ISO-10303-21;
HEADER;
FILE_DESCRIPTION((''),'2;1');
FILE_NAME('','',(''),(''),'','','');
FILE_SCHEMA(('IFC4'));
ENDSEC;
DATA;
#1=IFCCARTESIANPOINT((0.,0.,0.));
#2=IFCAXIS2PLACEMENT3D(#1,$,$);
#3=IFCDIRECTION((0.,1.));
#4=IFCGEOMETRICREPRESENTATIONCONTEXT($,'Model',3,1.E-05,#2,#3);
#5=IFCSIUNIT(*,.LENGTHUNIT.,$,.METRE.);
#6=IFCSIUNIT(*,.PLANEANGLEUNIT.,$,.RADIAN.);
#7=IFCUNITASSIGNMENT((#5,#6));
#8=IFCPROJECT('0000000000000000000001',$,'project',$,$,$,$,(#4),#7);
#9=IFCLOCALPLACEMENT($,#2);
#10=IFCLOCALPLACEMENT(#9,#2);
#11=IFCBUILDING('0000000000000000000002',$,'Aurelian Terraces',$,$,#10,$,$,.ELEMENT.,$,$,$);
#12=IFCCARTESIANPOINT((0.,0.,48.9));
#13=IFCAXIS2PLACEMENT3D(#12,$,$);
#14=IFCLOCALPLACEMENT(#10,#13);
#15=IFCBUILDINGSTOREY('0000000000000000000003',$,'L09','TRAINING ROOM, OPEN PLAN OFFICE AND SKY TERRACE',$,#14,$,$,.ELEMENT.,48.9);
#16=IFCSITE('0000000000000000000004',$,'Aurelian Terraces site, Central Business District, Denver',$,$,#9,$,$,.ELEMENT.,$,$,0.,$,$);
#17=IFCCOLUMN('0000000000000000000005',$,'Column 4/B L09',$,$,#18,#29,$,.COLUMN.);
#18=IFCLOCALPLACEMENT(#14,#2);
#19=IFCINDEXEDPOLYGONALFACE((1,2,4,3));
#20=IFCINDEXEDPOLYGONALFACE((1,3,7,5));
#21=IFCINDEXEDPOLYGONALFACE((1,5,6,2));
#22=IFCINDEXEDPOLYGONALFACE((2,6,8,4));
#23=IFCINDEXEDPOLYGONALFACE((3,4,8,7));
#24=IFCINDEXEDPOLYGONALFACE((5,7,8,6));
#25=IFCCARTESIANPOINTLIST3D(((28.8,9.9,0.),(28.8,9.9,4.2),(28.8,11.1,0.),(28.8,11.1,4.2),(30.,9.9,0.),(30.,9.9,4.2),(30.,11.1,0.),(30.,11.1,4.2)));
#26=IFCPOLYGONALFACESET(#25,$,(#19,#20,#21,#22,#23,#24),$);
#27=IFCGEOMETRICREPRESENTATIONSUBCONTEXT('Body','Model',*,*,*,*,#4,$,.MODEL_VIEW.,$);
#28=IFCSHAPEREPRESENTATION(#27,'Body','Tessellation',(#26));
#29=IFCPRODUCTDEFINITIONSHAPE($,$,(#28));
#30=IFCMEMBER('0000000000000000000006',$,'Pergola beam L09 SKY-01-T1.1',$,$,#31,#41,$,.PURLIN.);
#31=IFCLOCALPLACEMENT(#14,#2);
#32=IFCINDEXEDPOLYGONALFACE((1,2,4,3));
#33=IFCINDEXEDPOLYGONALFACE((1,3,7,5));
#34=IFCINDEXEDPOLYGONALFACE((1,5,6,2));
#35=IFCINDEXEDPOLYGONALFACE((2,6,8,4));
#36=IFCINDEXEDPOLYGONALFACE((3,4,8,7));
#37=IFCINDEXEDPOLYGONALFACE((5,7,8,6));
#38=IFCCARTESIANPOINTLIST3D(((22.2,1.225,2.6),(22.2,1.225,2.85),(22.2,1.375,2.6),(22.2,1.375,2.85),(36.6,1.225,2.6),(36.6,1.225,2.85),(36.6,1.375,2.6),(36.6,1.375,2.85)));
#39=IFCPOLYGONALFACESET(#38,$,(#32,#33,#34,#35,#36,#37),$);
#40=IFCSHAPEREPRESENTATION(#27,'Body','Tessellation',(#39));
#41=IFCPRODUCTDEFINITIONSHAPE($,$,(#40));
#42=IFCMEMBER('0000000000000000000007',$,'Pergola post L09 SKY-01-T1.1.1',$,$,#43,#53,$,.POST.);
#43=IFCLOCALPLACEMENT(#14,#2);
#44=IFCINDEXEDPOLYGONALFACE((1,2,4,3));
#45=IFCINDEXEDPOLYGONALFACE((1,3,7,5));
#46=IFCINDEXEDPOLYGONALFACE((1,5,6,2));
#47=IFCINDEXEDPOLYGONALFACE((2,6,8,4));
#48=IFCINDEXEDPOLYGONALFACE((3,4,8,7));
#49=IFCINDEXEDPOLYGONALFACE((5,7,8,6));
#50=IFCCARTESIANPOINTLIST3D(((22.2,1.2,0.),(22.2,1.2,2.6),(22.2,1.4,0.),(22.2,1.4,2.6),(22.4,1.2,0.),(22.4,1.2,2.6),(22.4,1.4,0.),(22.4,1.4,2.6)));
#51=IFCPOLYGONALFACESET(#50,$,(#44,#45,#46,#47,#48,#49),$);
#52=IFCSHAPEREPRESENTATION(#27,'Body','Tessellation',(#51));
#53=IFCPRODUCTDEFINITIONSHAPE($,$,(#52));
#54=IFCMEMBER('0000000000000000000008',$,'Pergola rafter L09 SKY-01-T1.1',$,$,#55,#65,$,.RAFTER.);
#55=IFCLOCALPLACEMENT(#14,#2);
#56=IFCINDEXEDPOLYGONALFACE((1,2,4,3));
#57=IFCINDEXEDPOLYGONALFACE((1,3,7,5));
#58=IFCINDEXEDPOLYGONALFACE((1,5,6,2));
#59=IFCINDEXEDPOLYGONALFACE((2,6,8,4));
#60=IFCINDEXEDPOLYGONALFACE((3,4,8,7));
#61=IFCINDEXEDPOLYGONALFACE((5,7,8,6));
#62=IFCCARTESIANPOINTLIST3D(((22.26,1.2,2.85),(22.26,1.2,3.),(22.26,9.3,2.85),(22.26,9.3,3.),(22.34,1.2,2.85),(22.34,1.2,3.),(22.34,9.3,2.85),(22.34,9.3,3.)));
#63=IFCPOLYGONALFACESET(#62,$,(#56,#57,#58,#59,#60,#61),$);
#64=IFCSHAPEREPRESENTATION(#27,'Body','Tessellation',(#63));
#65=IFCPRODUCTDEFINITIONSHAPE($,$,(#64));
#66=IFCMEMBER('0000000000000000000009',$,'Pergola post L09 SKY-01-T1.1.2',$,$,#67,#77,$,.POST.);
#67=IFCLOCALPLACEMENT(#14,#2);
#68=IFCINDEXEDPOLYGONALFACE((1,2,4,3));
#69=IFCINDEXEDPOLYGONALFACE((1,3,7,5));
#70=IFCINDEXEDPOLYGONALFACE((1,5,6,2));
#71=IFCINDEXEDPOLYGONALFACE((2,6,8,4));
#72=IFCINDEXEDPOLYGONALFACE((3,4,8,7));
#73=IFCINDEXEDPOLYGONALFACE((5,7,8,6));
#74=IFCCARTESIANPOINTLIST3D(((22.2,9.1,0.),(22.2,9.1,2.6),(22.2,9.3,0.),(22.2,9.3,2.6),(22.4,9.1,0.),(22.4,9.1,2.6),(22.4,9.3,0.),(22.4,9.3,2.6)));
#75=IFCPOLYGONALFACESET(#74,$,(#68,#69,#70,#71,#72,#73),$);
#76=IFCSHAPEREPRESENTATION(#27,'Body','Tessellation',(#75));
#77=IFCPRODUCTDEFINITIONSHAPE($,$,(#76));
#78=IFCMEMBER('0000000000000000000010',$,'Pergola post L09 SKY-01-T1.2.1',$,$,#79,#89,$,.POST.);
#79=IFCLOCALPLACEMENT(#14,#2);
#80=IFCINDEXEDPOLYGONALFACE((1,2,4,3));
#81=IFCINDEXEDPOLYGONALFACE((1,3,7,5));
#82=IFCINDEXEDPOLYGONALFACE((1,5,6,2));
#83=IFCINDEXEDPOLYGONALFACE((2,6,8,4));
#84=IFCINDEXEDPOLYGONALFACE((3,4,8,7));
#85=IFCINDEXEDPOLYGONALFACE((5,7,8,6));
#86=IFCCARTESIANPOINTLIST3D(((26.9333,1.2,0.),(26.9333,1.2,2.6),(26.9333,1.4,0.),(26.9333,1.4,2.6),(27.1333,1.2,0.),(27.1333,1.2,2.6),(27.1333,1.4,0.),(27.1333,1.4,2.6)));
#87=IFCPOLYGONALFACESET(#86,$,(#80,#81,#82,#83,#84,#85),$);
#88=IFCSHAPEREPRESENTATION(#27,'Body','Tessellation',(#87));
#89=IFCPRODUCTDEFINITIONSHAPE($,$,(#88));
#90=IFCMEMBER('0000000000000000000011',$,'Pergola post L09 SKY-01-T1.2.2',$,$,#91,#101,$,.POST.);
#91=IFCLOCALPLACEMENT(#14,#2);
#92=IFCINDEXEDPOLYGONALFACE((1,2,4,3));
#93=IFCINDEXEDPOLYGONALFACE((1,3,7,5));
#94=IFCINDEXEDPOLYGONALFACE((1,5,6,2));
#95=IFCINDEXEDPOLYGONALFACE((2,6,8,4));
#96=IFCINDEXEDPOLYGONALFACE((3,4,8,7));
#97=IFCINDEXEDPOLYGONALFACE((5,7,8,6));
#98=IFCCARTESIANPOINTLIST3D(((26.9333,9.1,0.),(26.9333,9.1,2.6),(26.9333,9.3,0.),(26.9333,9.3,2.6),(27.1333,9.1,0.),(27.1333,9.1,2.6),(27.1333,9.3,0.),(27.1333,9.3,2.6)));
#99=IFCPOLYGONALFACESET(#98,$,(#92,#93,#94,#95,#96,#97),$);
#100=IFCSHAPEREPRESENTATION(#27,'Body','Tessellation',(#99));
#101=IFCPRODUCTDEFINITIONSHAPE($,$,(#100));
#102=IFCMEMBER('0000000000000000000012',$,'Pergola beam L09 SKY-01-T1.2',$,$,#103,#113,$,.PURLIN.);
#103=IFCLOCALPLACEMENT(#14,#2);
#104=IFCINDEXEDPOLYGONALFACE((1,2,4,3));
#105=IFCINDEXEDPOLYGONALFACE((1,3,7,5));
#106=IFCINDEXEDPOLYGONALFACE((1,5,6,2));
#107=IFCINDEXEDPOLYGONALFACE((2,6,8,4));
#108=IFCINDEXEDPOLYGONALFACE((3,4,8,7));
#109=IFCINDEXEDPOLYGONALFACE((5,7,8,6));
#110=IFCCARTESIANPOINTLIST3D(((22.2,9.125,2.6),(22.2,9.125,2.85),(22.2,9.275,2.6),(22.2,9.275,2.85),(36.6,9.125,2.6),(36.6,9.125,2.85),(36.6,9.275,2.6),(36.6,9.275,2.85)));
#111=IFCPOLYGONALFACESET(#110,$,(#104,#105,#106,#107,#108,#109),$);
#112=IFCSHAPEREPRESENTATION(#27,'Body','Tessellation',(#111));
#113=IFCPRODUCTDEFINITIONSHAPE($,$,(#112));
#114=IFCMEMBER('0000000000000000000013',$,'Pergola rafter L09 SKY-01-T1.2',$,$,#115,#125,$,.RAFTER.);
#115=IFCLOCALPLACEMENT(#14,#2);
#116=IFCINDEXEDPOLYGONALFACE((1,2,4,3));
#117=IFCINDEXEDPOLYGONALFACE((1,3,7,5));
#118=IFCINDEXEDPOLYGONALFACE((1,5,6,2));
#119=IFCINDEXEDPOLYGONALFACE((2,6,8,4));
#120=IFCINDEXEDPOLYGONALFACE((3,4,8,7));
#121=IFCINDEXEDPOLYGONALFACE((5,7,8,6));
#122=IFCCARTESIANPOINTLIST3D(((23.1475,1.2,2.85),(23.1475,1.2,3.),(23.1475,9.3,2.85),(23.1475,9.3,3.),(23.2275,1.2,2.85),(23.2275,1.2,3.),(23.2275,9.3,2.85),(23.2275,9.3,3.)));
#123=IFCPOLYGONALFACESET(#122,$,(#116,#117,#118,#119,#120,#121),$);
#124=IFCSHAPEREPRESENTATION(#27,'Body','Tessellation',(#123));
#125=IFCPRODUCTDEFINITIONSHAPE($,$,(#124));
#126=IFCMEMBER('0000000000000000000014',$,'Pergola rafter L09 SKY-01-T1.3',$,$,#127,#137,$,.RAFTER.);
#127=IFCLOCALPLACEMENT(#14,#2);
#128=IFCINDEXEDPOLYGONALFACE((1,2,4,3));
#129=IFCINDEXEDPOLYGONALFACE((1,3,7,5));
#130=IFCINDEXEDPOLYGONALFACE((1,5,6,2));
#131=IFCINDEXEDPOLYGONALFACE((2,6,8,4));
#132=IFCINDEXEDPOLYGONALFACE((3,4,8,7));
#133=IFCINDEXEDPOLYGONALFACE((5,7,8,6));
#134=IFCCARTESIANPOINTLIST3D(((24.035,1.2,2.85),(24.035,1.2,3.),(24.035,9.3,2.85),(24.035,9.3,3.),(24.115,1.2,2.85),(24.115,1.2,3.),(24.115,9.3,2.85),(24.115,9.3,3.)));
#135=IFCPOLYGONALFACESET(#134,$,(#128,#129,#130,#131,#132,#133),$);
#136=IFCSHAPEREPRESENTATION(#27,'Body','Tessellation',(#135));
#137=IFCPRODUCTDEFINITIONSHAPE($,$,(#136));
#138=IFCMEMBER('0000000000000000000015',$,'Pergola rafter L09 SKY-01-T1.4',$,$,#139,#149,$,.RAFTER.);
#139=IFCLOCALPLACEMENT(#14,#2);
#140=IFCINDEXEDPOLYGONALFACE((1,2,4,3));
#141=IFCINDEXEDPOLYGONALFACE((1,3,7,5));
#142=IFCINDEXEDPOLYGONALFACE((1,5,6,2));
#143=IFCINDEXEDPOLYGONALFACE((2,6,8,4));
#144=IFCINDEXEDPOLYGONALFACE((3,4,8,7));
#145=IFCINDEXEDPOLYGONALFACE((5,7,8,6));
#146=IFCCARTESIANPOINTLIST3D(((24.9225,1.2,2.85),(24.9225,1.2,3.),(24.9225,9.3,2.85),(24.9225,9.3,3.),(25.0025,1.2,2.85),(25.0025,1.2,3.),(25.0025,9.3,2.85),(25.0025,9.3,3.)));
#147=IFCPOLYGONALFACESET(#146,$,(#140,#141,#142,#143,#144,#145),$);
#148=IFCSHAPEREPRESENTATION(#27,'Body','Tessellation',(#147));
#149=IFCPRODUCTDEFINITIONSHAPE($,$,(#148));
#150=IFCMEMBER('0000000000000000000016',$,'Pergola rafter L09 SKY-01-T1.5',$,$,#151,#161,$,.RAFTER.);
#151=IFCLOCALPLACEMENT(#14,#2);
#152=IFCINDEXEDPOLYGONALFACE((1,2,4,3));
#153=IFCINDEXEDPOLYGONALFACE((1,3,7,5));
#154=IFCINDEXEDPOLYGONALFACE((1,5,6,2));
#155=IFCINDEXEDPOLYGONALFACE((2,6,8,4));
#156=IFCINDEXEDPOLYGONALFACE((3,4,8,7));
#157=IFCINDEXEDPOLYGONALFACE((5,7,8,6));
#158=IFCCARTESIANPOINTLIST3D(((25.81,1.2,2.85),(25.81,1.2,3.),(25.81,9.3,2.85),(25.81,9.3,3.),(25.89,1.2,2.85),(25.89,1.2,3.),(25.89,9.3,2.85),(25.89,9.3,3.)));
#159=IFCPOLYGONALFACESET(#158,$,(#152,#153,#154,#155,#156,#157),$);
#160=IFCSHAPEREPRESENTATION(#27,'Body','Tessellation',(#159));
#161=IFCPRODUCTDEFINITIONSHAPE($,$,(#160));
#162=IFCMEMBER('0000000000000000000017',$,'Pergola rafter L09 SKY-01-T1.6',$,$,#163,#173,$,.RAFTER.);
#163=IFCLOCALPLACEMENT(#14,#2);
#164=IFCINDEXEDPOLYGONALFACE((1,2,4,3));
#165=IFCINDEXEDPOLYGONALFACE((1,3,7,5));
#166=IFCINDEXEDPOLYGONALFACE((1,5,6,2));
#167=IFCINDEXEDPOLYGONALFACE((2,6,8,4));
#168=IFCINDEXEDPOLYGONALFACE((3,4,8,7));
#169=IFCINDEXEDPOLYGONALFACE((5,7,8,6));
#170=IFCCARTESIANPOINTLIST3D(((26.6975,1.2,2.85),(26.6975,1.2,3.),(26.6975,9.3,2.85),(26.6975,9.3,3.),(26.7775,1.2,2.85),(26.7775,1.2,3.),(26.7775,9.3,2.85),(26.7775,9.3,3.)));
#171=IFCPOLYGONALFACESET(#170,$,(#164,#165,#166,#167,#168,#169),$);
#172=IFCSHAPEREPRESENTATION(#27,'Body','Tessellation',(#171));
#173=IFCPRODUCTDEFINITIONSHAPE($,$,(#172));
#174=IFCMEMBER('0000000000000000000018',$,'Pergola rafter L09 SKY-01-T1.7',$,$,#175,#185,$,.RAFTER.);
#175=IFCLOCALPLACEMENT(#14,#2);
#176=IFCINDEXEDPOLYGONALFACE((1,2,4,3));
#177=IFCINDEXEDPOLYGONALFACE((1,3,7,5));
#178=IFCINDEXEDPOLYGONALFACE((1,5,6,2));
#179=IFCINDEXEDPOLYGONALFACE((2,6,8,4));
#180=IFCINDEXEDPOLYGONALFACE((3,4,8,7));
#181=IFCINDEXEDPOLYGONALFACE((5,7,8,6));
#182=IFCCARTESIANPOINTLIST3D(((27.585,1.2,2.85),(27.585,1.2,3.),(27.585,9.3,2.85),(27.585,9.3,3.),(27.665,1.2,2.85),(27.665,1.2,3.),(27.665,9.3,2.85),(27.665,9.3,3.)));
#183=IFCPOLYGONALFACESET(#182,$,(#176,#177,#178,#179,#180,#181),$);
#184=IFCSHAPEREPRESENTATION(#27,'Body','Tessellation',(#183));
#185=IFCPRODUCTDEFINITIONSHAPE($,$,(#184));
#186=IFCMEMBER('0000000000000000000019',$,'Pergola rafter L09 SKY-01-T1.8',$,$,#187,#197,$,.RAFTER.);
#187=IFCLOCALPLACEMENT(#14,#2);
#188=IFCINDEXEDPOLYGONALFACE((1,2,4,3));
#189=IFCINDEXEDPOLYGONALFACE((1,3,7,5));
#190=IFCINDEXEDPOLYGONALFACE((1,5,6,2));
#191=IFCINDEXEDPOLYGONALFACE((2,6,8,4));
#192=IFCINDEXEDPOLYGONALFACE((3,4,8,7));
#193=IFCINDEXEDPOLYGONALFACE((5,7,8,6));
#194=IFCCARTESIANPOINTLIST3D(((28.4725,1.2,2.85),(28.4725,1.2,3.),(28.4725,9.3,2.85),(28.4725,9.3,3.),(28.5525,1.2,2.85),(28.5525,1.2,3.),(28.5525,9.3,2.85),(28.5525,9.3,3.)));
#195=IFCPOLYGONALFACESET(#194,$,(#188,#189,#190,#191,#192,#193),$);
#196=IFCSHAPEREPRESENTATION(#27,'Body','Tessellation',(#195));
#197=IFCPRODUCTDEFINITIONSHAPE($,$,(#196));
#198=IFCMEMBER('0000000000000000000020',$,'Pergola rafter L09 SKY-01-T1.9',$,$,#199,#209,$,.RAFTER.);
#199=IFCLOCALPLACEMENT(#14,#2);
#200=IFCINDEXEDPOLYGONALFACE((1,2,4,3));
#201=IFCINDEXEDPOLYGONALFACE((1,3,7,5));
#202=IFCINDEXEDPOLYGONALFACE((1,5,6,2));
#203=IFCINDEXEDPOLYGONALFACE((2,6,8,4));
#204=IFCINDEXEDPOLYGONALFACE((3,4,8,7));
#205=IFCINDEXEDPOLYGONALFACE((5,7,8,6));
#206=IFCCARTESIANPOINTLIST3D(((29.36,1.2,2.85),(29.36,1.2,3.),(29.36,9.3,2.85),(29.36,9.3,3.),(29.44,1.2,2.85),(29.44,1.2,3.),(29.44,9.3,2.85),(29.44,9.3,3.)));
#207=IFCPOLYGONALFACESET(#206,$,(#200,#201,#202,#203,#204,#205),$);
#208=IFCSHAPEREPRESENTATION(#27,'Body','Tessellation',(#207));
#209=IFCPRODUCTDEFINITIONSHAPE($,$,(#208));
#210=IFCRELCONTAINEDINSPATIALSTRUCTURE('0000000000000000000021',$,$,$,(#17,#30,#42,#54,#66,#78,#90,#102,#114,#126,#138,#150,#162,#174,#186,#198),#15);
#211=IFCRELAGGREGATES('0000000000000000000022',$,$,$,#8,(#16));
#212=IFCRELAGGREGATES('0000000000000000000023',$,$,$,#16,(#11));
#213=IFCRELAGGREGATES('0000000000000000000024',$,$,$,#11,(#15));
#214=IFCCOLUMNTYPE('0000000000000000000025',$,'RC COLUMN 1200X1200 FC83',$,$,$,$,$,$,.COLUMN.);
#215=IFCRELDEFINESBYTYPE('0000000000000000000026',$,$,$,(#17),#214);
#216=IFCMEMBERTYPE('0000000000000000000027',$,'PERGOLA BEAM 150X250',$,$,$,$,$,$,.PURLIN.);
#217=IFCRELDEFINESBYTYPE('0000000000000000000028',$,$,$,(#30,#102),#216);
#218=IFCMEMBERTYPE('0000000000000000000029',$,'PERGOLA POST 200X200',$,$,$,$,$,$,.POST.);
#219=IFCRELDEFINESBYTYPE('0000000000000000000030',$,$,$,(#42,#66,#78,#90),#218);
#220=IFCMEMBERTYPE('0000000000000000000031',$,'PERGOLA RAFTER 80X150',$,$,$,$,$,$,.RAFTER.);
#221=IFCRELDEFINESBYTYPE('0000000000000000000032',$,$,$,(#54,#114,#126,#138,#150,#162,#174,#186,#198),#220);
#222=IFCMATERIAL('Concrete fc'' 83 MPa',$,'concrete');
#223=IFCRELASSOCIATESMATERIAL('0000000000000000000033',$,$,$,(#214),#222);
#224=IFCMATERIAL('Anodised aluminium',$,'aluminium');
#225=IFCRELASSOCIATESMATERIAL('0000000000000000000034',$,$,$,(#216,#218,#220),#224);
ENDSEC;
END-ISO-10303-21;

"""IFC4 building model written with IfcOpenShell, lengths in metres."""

from ifc_helpers import new_model, si_unit, direction, frame, origin, origin_2d, place, context, subcontext, project, spatial, rectangle, extrude, source, transform, mapped, material, material_profile, profile_set, type_object, element, save


model = new_model("IFC4")

# Units and contexts
model_context = context("Model", 3, precision=1e-05, world=origin(), true_north=direction((0.0, 1.0)))
body_context = subcontext(model_context, "Body", "Model", "MODEL_VIEW")
ifc_project = project(units=[si_unit("LENGTHUNIT", "METRE"), si_unit("PLANEANGLEUNIT", "RADIAN")], contexts=[model_context])

# Site, building, storey
site_placement = place(None, origin())
site = spatial("IfcSite", under=ifc_project, at=site_placement, Name="Aurelian Terraces site, Central Business District, Denver", CompositionType="ELEMENT", RefElevation=0.0)
building_placement = place(site_placement, origin())
building = spatial("IfcBuilding", under=site, at=building_placement, Name="Aurelian Terraces", CompositionType="ELEMENT")
storey_placement = place(building_placement, frame((0.0, 0.0, 48.9)))
storey = spatial("IfcBuildingStorey", under=building, at=storey_placement, Name="L09", Description="TRAINING ROOM, OPEN PLAN OFFICE AND SKY TERRACE", CompositionType="ELEMENT", Elevation=48.9)

# Column
ifc_material_1 = material(Name="Concrete fc' 83 MPa", Category="concrete")
ifc_material_profile_1 = material_profile(ifc_material_1, rectangle(XDim=1.2, YDim=1.2, at=origin_2d()))
ifc_profile_set_1 = profile_set([ifc_material_profile_1], Name="Concrete fc' 83 MPa")
column_type = type_object("IfcColumnType", Name="RC COLUMN 1200X1200 FC83", PredefinedType="COLUMN", material=ifc_profile_set_1)
shared_shape_1 = source(origin(), body_context, "Body", "SweptSolid", [
    extrude(rectangle(XDim=1.2, YDim=1.2, at=origin_2d()), origin(), (0.0, 0.0, 1.0), 4.2),
])
column_placement = place(storey_placement, frame((29.4, 10.5, 0.0), z_axis=(0.0, 0.0, 1.0), x_axis=(1.0, 0.0, 0.0)))
element("IfcColumn", 1, at=column_placement, inside=storey, type_object=column_type, Name="Column 4/B L09", PredefinedType="COLUMN", context=body_context, shape_type="MappedRepresentation", body=[
    mapped(shared_shape_1, transform((0.0, 0.0, 0.0), scale=1.0)),
])

# Members
ifc_material_2 = material(Name="Anodised aluminium", Category="aluminium")
ifc_material_profile_2 = material_profile(ifc_material_2, rectangle(XDim=0.15, YDim=0.25, at=origin_2d()))
ifc_profile_set_2 = profile_set([ifc_material_profile_2], Name="Anodised aluminium")
member_type_1 = type_object("IfcMemberType", Name="PERGOLA BEAM 150X250", PredefinedType="PURLIN", material=ifc_profile_set_2)
member_1_placement = place(storey_placement, frame((22.2, 1.3, 2.725), z_axis=(1.0, 0.0, 0.0), x_axis=(0.0, 1.0, 0.0)))
element("IfcMember", 2, at=member_1_placement, inside=storey, type_object=member_type_1, Name="Pergola beam L09 SKY-01-T1.1", PredefinedType="PURLIN", context=body_context, shape_type="SweptSolid", body=[
    extrude(rectangle(XDim=0.15, YDim=0.25, at=origin_2d()), origin(), (0.0, 0.0, 1.0), 14.4),
])
ifc_material_profile_3 = material_profile(ifc_material_2, rectangle(XDim=0.2, YDim=0.2, at=origin_2d()))
ifc_profile_set_3 = profile_set([ifc_material_profile_3], Name="Anodised aluminium")
member_type_2 = type_object("IfcMemberType", Name="PERGOLA POST 200X200", PredefinedType="POST", material=ifc_profile_set_3)
member_2_placement = place(storey_placement, frame((22.3, 1.3, 0.0), z_axis=(0.0, 0.0, 1.0), x_axis=(1.0, 0.0, 0.0)))
element("IfcMember", 3, at=member_2_placement, inside=storey, type_object=member_type_2, Name="Pergola post L09 SKY-01-T1.1.1", PredefinedType="POST", context=body_context, shape_type="SweptSolid", body=[
    extrude(rectangle(XDim=0.2, YDim=0.2, at=origin_2d()), origin(), (0.0, 0.0, 1.0), 2.6),
])
ifc_material_profile_4 = material_profile(ifc_material_2, rectangle(XDim=0.08, YDim=0.15, at=origin_2d()))
ifc_profile_set_4 = profile_set([ifc_material_profile_4], Name="Anodised aluminium")
member_type_3 = type_object("IfcMemberType", Name="PERGOLA RAFTER 80X150", PredefinedType="RAFTER", material=ifc_profile_set_4)
member_3_placement = place(storey_placement, frame((22.3, 1.2, 2.925), z_axis=(0.0, 1.0, 0.0), x_axis=(-1.0, 0.0, 0.0)))
element("IfcMember", 4, at=member_3_placement, inside=storey, type_object=member_type_3, Name="Pergola rafter L09 SKY-01-T1.1", PredefinedType="RAFTER", context=body_context, shape_type="SweptSolid", body=[
    extrude(rectangle(XDim=0.08, YDim=0.15, at=origin_2d()), origin(), (0.0, 0.0, 1.0), 8.1),
])
shared_shape_2 = source(origin(), body_context, "Body", "SweptSolid", [
    extrude(rectangle(XDim=0.2, YDim=0.2, at=origin_2d()), origin(), (0.0, 0.0, 1.0), 2.6),
])
for number, where, z_axis, x_axis, name in (
    (5, (22.3, 9.2, 0.0), (0.0, 0.0, 1.0), (1.0, 0.0, 0.0), "Pergola post L09 SKY-01-T1.1.2"),
    (6, (27.0333, 1.3, 0.0), (0.0, 0.0, 1.0), (1.0, 0.0, 0.0), "Pergola post L09 SKY-01-T1.2.1"),
    (7, (27.0333, 9.2, 0.0), (0.0, 0.0, 1.0), (1.0, 0.0, 0.0), "Pergola post L09 SKY-01-T1.2.2"),
):
    element("IfcMember", number, at=place(storey_placement, frame(where, z_axis=z_axis, x_axis=x_axis)), inside=storey, type_object=member_type_2, Name=name, PredefinedType="POST", context=body_context, shape_type="MappedRepresentation", body=[
        mapped(shared_shape_2, transform((0.0, 0.0, 0.0), scale=1.0)),
    ])
shared_shape_3 = source(origin(), body_context, "Body", "SweptSolid", [
    extrude(rectangle(XDim=0.15, YDim=0.25, at=origin_2d()), origin(), (0.0, 0.0, 1.0), 14.4),
])
member_4_placement = place(storey_placement, frame((22.2, 9.2, 2.725), z_axis=(1.0, 0.0, 0.0), x_axis=(0.0, 1.0, 0.0)))
element("IfcMember", 8, at=member_4_placement, inside=storey, type_object=member_type_1, Name="Pergola beam L09 SKY-01-T1.2", PredefinedType="PURLIN", context=body_context, shape_type="MappedRepresentation", body=[
    mapped(shared_shape_3, transform((0.0, 0.0, 0.0), scale=1.0)),
])
shared_shape_4 = source(origin(), body_context, "Body", "SweptSolid", [
    extrude(rectangle(XDim=0.08, YDim=0.15, at=origin_2d()), origin(), (0.0, 0.0, 1.0), 8.1),
])
for number, where, z_axis, x_axis, name in (
    (9, (23.1875, 1.2, 2.925), (0.0, 1.0, 0.0), (-1.0, 0.0, 0.0), "Pergola rafter L09 SKY-01-T1.2"),
    (10, (24.075, 1.2, 2.925), (0.0, 1.0, 0.0), (-1.0, 0.0, 0.0), "Pergola rafter L09 SKY-01-T1.3"),
    (11, (24.9625, 1.2, 2.925), (0.0, 1.0, 0.0), (-1.0, 0.0, 0.0), "Pergola rafter L09 SKY-01-T1.4"),
    (12, (25.85, 1.2, 2.925), (0.0, 1.0, 0.0), (-1.0, 0.0, 0.0), "Pergola rafter L09 SKY-01-T1.5"),
    (13, (26.7375, 1.2, 2.925), (0.0, 1.0, 0.0), (-1.0, 0.0, 0.0), "Pergola rafter L09 SKY-01-T1.6"),
    (14, (27.625, 1.2, 2.925), (0.0, 1.0, 0.0), (-1.0, 0.0, 0.0), "Pergola rafter L09 SKY-01-T1.7"),
    (15, (28.5125, 1.2, 2.925), (0.0, 1.0, 0.0), (-1.0, 0.0, 0.0), "Pergola rafter L09 SKY-01-T1.8"),
    (16, (29.4, 1.2, 2.925), (0.0, 1.0, 0.0), (-1.0, 0.0, 0.0), "Pergola rafter L09 SKY-01-T1.9"),
):
    element("IfcMember", number, at=place(storey_placement, frame(where, z_axis=z_axis, x_axis=x_axis)), inside=storey, type_object=member_type_3, Name=name, PredefinedType="RAFTER", context=body_context, shape_type="MappedRepresentation", body=[
        mapped(shared_shape_4, transform((0.0, 0.0, 0.0), scale=1.0)),
    ])

save(model, "model.ifc")
